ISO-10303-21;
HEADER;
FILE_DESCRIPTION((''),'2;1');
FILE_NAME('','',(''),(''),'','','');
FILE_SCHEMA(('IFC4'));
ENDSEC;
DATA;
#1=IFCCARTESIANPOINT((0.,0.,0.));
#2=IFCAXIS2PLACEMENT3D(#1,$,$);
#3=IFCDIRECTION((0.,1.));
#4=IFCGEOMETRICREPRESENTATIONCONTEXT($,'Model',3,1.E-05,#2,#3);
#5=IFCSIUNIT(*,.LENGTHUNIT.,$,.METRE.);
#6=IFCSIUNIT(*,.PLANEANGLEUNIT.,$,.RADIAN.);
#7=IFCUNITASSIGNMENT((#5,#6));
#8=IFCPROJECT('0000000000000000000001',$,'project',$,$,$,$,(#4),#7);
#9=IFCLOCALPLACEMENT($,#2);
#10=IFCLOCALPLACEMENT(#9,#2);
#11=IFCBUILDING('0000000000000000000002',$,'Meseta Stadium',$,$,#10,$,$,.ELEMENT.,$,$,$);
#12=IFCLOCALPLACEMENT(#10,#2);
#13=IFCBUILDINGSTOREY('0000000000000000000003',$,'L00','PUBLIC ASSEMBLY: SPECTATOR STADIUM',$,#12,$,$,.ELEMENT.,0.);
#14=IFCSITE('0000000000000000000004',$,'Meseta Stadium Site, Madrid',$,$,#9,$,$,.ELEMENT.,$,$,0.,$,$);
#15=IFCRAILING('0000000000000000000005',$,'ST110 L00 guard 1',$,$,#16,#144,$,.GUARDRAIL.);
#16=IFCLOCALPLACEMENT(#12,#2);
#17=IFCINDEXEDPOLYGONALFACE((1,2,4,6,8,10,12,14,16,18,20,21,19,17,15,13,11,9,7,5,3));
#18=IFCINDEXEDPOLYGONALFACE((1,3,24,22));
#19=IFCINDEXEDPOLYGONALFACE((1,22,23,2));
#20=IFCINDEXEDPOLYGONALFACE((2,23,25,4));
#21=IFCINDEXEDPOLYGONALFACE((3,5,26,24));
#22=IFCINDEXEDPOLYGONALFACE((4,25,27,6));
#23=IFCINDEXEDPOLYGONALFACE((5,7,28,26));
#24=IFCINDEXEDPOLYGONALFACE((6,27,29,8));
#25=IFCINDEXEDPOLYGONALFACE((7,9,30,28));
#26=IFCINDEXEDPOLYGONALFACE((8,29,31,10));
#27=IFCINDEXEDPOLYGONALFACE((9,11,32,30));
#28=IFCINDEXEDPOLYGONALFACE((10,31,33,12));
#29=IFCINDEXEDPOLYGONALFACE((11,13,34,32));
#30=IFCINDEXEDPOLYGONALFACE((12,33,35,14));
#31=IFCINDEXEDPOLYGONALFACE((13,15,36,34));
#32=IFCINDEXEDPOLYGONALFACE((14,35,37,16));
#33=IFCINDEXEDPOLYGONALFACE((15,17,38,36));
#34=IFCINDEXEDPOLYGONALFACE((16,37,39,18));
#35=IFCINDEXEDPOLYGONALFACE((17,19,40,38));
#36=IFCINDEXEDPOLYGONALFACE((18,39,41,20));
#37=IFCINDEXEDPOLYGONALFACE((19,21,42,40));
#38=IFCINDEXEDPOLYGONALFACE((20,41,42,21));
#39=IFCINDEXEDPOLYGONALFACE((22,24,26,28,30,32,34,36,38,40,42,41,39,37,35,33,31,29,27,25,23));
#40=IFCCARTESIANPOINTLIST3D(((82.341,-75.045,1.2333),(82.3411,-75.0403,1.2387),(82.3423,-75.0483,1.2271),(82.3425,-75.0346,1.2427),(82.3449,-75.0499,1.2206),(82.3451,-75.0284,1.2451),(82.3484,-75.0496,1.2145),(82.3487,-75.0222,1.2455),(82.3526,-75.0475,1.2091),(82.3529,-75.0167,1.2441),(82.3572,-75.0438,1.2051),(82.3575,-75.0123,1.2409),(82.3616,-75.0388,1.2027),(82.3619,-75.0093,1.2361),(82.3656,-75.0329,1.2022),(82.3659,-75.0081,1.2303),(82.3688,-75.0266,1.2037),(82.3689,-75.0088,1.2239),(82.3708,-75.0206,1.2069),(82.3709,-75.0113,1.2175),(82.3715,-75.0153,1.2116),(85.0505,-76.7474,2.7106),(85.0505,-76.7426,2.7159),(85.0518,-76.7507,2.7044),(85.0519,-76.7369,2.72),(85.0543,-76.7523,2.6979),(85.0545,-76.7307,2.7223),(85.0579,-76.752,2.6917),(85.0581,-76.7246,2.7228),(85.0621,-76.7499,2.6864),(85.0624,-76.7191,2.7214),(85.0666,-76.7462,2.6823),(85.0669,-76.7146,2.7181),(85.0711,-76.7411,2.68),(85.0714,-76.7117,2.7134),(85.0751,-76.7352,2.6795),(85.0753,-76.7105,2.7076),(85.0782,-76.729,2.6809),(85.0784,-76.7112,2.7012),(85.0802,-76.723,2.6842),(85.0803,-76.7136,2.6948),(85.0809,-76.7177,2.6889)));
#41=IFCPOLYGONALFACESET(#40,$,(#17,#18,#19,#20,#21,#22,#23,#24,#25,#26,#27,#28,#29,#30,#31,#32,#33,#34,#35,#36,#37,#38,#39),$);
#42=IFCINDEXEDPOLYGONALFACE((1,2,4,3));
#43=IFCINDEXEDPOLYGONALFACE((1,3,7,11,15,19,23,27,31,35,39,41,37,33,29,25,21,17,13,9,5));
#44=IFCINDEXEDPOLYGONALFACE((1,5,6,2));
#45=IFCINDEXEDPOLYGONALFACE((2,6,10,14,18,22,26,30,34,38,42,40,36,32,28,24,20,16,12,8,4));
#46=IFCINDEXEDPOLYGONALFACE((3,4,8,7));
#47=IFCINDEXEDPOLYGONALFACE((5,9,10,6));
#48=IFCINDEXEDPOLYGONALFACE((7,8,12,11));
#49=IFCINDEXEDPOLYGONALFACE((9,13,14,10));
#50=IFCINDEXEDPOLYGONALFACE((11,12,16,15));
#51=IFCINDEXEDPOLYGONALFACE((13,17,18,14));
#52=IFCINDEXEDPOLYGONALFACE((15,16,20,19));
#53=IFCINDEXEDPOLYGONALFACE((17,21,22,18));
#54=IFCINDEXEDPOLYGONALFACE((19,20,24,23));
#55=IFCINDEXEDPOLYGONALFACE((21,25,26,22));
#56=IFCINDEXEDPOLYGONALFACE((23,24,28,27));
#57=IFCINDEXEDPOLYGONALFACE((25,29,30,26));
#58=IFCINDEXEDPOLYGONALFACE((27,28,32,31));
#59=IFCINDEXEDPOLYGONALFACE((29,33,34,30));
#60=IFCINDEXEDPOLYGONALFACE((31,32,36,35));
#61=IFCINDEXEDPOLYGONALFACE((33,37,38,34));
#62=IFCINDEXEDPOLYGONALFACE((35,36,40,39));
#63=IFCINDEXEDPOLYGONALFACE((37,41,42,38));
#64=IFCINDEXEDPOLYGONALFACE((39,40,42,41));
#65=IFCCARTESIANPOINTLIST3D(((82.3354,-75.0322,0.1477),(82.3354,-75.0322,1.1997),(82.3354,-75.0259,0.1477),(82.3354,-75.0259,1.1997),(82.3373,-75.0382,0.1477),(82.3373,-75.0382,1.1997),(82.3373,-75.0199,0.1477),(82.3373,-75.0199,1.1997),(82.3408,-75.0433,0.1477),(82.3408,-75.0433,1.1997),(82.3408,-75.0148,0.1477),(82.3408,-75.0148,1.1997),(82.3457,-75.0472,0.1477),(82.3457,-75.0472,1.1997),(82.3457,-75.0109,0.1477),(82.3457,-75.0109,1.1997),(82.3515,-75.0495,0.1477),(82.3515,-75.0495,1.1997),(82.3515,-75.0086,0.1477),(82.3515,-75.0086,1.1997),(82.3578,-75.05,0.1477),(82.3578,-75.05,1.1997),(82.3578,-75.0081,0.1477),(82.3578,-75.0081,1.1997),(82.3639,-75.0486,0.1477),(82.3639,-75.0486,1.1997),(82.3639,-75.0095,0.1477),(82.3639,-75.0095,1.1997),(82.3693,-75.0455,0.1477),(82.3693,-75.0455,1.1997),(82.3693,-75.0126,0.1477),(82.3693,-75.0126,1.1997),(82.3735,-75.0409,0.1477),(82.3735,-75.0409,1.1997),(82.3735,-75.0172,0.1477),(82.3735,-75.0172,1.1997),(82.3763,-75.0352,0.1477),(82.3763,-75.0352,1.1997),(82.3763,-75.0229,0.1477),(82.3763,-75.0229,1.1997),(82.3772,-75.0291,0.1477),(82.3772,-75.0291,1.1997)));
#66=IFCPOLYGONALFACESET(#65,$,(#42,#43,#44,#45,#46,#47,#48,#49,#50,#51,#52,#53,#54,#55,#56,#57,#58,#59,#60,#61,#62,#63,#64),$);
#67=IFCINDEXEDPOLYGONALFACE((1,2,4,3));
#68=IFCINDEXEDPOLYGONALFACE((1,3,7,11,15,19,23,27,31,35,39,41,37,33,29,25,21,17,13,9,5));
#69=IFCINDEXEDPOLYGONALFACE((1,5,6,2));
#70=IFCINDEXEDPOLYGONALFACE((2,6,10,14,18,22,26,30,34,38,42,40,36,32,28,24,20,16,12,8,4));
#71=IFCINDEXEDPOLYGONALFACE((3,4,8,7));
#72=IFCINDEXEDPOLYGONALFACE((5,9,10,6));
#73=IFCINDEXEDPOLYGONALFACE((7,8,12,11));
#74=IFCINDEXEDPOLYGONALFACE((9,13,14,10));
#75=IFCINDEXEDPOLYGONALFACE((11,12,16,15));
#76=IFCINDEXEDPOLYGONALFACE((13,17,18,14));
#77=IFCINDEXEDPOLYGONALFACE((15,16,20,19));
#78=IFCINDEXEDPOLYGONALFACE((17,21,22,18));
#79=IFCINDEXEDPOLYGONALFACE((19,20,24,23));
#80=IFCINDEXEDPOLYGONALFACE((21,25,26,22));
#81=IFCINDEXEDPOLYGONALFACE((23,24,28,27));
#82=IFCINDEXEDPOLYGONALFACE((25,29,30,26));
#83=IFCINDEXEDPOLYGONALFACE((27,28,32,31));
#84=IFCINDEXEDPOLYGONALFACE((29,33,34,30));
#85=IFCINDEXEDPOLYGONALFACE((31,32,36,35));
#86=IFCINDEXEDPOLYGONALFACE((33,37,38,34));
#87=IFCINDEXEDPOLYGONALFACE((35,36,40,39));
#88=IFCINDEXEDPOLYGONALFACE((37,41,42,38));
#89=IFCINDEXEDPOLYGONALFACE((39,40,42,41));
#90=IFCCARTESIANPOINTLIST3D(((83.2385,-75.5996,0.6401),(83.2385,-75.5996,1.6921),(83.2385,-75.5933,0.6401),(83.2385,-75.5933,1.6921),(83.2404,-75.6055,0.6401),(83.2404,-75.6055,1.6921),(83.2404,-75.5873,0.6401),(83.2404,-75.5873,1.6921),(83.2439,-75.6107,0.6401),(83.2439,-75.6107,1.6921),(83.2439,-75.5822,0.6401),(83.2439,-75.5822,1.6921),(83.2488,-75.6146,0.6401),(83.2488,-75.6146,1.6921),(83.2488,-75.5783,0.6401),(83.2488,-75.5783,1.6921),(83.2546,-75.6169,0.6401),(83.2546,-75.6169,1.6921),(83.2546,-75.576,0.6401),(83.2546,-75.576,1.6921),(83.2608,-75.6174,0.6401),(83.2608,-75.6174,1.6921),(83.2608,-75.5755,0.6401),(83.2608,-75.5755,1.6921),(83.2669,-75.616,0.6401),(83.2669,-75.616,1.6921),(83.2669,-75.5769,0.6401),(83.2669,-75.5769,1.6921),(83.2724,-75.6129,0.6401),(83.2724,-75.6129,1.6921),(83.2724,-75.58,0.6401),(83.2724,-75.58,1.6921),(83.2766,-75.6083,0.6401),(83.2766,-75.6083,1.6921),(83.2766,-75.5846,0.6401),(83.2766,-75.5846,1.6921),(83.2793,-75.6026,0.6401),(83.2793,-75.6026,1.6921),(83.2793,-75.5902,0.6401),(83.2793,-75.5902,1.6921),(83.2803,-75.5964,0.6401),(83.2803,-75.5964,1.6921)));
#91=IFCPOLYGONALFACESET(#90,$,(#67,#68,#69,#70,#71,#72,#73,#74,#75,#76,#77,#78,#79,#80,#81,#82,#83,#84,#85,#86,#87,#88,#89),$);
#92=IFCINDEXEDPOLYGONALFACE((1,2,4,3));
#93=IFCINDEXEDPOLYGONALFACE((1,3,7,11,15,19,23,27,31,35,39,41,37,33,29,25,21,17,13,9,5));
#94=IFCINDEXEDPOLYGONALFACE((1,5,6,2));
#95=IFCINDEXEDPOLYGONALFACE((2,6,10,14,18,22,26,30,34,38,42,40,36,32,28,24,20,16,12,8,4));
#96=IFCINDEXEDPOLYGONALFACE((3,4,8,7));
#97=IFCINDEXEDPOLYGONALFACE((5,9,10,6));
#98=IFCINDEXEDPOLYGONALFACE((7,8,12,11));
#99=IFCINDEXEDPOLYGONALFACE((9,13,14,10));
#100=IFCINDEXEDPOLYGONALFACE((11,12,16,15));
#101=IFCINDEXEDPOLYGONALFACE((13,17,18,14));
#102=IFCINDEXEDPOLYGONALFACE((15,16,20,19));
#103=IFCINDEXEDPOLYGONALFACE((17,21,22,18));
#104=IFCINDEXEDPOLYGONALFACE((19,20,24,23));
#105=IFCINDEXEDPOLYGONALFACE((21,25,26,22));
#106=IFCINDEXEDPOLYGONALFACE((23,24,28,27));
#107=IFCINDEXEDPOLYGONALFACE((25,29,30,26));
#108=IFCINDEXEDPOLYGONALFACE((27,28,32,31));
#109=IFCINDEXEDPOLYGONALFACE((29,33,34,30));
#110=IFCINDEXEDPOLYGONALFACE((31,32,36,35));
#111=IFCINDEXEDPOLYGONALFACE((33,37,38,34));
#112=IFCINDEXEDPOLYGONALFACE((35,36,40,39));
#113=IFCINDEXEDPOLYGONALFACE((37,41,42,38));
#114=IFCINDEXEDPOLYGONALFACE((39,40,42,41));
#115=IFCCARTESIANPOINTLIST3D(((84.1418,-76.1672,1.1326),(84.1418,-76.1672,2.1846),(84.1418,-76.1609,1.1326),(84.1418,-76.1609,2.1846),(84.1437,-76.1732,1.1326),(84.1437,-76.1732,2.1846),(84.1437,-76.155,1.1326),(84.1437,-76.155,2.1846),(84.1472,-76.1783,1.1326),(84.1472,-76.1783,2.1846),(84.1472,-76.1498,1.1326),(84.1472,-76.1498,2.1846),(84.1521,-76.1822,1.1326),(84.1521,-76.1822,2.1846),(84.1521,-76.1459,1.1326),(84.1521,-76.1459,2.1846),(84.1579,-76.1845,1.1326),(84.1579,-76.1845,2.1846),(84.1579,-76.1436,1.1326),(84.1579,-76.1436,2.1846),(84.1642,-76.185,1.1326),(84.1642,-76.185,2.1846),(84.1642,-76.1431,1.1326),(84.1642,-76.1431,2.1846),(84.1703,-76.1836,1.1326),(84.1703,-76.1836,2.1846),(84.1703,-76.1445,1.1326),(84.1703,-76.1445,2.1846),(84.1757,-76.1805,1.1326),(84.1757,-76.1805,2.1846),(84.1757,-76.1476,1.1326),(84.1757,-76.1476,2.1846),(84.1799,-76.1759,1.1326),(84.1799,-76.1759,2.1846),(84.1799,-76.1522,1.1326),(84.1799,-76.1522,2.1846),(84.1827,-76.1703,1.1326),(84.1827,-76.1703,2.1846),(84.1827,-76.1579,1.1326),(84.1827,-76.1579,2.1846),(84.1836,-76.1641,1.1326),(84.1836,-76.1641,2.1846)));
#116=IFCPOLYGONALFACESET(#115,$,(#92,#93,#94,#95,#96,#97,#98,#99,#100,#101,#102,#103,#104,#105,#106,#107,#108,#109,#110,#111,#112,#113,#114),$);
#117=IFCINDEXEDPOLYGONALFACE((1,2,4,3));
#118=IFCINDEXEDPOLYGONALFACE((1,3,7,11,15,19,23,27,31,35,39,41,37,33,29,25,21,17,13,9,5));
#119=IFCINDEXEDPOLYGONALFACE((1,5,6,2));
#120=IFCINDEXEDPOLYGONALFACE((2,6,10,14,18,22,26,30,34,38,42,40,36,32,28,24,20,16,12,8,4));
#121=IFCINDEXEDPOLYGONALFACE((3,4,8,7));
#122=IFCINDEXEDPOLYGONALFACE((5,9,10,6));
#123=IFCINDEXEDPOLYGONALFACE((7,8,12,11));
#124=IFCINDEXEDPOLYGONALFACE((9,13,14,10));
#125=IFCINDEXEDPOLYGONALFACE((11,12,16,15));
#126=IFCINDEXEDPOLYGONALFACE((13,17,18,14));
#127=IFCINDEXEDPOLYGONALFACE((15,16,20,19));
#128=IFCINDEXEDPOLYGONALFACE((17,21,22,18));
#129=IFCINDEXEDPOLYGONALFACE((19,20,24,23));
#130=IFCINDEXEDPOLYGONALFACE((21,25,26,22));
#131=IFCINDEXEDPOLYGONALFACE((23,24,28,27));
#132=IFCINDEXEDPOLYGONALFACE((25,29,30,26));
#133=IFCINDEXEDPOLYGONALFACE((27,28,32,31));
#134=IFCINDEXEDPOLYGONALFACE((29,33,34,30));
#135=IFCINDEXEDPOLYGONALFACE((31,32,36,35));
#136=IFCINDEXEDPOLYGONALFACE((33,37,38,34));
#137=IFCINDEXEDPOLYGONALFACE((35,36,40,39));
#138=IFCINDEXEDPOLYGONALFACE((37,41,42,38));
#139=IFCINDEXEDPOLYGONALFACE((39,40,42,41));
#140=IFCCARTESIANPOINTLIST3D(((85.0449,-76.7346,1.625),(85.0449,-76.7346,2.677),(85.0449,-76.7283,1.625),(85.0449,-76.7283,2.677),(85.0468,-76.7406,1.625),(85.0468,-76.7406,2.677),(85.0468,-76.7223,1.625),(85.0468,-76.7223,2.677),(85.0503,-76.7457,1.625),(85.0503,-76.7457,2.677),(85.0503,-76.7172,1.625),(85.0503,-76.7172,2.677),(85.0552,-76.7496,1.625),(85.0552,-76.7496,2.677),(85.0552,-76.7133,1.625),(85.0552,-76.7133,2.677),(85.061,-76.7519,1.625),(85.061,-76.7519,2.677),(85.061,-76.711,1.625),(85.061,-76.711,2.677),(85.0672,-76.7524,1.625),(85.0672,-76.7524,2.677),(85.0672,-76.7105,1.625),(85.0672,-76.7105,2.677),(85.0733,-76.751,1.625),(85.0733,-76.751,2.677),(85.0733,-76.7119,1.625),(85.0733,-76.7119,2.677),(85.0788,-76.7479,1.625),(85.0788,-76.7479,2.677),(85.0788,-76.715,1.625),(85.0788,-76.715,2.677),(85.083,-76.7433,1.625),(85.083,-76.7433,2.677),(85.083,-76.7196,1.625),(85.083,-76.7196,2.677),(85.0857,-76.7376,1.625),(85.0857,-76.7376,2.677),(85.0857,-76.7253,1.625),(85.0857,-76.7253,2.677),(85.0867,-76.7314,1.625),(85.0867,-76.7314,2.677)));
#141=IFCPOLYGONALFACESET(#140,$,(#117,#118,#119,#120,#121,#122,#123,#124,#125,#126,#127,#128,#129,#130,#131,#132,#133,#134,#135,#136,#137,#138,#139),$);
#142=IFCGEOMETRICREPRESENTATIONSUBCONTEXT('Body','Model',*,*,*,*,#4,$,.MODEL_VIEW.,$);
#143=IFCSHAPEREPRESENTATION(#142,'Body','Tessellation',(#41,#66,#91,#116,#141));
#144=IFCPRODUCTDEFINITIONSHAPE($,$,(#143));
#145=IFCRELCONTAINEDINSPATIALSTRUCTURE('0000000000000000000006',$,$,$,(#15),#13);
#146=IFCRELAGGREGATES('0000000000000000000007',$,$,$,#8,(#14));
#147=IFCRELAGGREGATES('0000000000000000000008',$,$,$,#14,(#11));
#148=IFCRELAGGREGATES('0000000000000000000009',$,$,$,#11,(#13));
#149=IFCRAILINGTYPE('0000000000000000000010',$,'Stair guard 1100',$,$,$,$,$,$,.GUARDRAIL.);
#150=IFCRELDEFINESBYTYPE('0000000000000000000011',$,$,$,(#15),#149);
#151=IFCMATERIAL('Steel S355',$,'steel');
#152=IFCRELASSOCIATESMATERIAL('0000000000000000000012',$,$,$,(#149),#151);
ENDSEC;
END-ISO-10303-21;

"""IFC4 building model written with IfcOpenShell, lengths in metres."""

from ifc_helpers import new_model, si_unit, direction, frame, origin, origin_2d, place, context, subcontext, project, spatial, circle, extrude, material, type_object, element, save


model = new_model("IFC4")

# Units and contexts
model_context = context("Model", 3, precision=1e-05, world=origin(), true_north=direction((0.0, 1.0)))
body_context = subcontext(model_context, "Body", "Model", "MODEL_VIEW")
ifc_project = project(units=[si_unit("LENGTHUNIT", "METRE"), si_unit("PLANEANGLEUNIT", "RADIAN")], contexts=[model_context])

# Site, building, storey
site_placement = place(None, origin())
site = spatial("IfcSite", under=ifc_project, at=site_placement, Name="Meseta Stadium Site, Madrid", CompositionType="ELEMENT", RefElevation=0.0)
building_placement = place(site_placement, origin())
building = spatial("IfcBuilding", under=site, at=building_placement, Name="Meseta Stadium", CompositionType="ELEMENT")
storey_placement = place(building_placement, origin())
storey = spatial("IfcBuildingStorey", under=building, at=storey_placement, Name="L00", Description="PUBLIC ASSEMBLY: SPECTATOR STADIUM", CompositionType="ELEMENT", Elevation=0.0)

# Railing
ifc_material_1 = material(Name="Steel S355", Category="steel")
railing_type_1 = type_object("IfcRailingType", Name="Stair guard 1100", PredefinedType="GUARDRAIL", material=ifc_material_1)
railing_1_placement = place(storey_placement, frame((82.3562, -75.0291, 0.1477)))
element("IfcRailing", 1, at=railing_1_placement, inside=storey, type_object=railing_type_1, Name="ST110 L00 guard 1", PredefinedType="GUARDRAIL", context=body_context, shape_type="SweptSolid", body=[
    extrude(circle(Radius=0.0239, at=origin_2d()), frame((0.0, 0.0, 1.0762), z_axis=(0.768764, -0.483023, 0.419156), x_axis=(0.532014, 0.846736, 0.0)), (0.0, 0.0, 1.0), 3.5244),
    extrude(circle(Radius=0.021, at=origin_2d()), origin(), (0.0, 0.0, 1.0), 1.052),
    extrude(circle(Radius=0.021, at=origin_2d()), frame((0.9031, -0.5674, 0.4924)), (0.0, 0.0, 1.0), 1.052),
    extrude(circle(Radius=0.021, at=origin_2d()), frame((1.8064, -1.135, 0.9849)), (0.0, 0.0, 1.0), 1.052),
    extrude(circle(Radius=0.021, at=origin_2d()), frame((2.7095, -1.7024, 1.4773)), (0.0, 0.0, 1.0), 1.052),
])

save(model, "model.ifc")
